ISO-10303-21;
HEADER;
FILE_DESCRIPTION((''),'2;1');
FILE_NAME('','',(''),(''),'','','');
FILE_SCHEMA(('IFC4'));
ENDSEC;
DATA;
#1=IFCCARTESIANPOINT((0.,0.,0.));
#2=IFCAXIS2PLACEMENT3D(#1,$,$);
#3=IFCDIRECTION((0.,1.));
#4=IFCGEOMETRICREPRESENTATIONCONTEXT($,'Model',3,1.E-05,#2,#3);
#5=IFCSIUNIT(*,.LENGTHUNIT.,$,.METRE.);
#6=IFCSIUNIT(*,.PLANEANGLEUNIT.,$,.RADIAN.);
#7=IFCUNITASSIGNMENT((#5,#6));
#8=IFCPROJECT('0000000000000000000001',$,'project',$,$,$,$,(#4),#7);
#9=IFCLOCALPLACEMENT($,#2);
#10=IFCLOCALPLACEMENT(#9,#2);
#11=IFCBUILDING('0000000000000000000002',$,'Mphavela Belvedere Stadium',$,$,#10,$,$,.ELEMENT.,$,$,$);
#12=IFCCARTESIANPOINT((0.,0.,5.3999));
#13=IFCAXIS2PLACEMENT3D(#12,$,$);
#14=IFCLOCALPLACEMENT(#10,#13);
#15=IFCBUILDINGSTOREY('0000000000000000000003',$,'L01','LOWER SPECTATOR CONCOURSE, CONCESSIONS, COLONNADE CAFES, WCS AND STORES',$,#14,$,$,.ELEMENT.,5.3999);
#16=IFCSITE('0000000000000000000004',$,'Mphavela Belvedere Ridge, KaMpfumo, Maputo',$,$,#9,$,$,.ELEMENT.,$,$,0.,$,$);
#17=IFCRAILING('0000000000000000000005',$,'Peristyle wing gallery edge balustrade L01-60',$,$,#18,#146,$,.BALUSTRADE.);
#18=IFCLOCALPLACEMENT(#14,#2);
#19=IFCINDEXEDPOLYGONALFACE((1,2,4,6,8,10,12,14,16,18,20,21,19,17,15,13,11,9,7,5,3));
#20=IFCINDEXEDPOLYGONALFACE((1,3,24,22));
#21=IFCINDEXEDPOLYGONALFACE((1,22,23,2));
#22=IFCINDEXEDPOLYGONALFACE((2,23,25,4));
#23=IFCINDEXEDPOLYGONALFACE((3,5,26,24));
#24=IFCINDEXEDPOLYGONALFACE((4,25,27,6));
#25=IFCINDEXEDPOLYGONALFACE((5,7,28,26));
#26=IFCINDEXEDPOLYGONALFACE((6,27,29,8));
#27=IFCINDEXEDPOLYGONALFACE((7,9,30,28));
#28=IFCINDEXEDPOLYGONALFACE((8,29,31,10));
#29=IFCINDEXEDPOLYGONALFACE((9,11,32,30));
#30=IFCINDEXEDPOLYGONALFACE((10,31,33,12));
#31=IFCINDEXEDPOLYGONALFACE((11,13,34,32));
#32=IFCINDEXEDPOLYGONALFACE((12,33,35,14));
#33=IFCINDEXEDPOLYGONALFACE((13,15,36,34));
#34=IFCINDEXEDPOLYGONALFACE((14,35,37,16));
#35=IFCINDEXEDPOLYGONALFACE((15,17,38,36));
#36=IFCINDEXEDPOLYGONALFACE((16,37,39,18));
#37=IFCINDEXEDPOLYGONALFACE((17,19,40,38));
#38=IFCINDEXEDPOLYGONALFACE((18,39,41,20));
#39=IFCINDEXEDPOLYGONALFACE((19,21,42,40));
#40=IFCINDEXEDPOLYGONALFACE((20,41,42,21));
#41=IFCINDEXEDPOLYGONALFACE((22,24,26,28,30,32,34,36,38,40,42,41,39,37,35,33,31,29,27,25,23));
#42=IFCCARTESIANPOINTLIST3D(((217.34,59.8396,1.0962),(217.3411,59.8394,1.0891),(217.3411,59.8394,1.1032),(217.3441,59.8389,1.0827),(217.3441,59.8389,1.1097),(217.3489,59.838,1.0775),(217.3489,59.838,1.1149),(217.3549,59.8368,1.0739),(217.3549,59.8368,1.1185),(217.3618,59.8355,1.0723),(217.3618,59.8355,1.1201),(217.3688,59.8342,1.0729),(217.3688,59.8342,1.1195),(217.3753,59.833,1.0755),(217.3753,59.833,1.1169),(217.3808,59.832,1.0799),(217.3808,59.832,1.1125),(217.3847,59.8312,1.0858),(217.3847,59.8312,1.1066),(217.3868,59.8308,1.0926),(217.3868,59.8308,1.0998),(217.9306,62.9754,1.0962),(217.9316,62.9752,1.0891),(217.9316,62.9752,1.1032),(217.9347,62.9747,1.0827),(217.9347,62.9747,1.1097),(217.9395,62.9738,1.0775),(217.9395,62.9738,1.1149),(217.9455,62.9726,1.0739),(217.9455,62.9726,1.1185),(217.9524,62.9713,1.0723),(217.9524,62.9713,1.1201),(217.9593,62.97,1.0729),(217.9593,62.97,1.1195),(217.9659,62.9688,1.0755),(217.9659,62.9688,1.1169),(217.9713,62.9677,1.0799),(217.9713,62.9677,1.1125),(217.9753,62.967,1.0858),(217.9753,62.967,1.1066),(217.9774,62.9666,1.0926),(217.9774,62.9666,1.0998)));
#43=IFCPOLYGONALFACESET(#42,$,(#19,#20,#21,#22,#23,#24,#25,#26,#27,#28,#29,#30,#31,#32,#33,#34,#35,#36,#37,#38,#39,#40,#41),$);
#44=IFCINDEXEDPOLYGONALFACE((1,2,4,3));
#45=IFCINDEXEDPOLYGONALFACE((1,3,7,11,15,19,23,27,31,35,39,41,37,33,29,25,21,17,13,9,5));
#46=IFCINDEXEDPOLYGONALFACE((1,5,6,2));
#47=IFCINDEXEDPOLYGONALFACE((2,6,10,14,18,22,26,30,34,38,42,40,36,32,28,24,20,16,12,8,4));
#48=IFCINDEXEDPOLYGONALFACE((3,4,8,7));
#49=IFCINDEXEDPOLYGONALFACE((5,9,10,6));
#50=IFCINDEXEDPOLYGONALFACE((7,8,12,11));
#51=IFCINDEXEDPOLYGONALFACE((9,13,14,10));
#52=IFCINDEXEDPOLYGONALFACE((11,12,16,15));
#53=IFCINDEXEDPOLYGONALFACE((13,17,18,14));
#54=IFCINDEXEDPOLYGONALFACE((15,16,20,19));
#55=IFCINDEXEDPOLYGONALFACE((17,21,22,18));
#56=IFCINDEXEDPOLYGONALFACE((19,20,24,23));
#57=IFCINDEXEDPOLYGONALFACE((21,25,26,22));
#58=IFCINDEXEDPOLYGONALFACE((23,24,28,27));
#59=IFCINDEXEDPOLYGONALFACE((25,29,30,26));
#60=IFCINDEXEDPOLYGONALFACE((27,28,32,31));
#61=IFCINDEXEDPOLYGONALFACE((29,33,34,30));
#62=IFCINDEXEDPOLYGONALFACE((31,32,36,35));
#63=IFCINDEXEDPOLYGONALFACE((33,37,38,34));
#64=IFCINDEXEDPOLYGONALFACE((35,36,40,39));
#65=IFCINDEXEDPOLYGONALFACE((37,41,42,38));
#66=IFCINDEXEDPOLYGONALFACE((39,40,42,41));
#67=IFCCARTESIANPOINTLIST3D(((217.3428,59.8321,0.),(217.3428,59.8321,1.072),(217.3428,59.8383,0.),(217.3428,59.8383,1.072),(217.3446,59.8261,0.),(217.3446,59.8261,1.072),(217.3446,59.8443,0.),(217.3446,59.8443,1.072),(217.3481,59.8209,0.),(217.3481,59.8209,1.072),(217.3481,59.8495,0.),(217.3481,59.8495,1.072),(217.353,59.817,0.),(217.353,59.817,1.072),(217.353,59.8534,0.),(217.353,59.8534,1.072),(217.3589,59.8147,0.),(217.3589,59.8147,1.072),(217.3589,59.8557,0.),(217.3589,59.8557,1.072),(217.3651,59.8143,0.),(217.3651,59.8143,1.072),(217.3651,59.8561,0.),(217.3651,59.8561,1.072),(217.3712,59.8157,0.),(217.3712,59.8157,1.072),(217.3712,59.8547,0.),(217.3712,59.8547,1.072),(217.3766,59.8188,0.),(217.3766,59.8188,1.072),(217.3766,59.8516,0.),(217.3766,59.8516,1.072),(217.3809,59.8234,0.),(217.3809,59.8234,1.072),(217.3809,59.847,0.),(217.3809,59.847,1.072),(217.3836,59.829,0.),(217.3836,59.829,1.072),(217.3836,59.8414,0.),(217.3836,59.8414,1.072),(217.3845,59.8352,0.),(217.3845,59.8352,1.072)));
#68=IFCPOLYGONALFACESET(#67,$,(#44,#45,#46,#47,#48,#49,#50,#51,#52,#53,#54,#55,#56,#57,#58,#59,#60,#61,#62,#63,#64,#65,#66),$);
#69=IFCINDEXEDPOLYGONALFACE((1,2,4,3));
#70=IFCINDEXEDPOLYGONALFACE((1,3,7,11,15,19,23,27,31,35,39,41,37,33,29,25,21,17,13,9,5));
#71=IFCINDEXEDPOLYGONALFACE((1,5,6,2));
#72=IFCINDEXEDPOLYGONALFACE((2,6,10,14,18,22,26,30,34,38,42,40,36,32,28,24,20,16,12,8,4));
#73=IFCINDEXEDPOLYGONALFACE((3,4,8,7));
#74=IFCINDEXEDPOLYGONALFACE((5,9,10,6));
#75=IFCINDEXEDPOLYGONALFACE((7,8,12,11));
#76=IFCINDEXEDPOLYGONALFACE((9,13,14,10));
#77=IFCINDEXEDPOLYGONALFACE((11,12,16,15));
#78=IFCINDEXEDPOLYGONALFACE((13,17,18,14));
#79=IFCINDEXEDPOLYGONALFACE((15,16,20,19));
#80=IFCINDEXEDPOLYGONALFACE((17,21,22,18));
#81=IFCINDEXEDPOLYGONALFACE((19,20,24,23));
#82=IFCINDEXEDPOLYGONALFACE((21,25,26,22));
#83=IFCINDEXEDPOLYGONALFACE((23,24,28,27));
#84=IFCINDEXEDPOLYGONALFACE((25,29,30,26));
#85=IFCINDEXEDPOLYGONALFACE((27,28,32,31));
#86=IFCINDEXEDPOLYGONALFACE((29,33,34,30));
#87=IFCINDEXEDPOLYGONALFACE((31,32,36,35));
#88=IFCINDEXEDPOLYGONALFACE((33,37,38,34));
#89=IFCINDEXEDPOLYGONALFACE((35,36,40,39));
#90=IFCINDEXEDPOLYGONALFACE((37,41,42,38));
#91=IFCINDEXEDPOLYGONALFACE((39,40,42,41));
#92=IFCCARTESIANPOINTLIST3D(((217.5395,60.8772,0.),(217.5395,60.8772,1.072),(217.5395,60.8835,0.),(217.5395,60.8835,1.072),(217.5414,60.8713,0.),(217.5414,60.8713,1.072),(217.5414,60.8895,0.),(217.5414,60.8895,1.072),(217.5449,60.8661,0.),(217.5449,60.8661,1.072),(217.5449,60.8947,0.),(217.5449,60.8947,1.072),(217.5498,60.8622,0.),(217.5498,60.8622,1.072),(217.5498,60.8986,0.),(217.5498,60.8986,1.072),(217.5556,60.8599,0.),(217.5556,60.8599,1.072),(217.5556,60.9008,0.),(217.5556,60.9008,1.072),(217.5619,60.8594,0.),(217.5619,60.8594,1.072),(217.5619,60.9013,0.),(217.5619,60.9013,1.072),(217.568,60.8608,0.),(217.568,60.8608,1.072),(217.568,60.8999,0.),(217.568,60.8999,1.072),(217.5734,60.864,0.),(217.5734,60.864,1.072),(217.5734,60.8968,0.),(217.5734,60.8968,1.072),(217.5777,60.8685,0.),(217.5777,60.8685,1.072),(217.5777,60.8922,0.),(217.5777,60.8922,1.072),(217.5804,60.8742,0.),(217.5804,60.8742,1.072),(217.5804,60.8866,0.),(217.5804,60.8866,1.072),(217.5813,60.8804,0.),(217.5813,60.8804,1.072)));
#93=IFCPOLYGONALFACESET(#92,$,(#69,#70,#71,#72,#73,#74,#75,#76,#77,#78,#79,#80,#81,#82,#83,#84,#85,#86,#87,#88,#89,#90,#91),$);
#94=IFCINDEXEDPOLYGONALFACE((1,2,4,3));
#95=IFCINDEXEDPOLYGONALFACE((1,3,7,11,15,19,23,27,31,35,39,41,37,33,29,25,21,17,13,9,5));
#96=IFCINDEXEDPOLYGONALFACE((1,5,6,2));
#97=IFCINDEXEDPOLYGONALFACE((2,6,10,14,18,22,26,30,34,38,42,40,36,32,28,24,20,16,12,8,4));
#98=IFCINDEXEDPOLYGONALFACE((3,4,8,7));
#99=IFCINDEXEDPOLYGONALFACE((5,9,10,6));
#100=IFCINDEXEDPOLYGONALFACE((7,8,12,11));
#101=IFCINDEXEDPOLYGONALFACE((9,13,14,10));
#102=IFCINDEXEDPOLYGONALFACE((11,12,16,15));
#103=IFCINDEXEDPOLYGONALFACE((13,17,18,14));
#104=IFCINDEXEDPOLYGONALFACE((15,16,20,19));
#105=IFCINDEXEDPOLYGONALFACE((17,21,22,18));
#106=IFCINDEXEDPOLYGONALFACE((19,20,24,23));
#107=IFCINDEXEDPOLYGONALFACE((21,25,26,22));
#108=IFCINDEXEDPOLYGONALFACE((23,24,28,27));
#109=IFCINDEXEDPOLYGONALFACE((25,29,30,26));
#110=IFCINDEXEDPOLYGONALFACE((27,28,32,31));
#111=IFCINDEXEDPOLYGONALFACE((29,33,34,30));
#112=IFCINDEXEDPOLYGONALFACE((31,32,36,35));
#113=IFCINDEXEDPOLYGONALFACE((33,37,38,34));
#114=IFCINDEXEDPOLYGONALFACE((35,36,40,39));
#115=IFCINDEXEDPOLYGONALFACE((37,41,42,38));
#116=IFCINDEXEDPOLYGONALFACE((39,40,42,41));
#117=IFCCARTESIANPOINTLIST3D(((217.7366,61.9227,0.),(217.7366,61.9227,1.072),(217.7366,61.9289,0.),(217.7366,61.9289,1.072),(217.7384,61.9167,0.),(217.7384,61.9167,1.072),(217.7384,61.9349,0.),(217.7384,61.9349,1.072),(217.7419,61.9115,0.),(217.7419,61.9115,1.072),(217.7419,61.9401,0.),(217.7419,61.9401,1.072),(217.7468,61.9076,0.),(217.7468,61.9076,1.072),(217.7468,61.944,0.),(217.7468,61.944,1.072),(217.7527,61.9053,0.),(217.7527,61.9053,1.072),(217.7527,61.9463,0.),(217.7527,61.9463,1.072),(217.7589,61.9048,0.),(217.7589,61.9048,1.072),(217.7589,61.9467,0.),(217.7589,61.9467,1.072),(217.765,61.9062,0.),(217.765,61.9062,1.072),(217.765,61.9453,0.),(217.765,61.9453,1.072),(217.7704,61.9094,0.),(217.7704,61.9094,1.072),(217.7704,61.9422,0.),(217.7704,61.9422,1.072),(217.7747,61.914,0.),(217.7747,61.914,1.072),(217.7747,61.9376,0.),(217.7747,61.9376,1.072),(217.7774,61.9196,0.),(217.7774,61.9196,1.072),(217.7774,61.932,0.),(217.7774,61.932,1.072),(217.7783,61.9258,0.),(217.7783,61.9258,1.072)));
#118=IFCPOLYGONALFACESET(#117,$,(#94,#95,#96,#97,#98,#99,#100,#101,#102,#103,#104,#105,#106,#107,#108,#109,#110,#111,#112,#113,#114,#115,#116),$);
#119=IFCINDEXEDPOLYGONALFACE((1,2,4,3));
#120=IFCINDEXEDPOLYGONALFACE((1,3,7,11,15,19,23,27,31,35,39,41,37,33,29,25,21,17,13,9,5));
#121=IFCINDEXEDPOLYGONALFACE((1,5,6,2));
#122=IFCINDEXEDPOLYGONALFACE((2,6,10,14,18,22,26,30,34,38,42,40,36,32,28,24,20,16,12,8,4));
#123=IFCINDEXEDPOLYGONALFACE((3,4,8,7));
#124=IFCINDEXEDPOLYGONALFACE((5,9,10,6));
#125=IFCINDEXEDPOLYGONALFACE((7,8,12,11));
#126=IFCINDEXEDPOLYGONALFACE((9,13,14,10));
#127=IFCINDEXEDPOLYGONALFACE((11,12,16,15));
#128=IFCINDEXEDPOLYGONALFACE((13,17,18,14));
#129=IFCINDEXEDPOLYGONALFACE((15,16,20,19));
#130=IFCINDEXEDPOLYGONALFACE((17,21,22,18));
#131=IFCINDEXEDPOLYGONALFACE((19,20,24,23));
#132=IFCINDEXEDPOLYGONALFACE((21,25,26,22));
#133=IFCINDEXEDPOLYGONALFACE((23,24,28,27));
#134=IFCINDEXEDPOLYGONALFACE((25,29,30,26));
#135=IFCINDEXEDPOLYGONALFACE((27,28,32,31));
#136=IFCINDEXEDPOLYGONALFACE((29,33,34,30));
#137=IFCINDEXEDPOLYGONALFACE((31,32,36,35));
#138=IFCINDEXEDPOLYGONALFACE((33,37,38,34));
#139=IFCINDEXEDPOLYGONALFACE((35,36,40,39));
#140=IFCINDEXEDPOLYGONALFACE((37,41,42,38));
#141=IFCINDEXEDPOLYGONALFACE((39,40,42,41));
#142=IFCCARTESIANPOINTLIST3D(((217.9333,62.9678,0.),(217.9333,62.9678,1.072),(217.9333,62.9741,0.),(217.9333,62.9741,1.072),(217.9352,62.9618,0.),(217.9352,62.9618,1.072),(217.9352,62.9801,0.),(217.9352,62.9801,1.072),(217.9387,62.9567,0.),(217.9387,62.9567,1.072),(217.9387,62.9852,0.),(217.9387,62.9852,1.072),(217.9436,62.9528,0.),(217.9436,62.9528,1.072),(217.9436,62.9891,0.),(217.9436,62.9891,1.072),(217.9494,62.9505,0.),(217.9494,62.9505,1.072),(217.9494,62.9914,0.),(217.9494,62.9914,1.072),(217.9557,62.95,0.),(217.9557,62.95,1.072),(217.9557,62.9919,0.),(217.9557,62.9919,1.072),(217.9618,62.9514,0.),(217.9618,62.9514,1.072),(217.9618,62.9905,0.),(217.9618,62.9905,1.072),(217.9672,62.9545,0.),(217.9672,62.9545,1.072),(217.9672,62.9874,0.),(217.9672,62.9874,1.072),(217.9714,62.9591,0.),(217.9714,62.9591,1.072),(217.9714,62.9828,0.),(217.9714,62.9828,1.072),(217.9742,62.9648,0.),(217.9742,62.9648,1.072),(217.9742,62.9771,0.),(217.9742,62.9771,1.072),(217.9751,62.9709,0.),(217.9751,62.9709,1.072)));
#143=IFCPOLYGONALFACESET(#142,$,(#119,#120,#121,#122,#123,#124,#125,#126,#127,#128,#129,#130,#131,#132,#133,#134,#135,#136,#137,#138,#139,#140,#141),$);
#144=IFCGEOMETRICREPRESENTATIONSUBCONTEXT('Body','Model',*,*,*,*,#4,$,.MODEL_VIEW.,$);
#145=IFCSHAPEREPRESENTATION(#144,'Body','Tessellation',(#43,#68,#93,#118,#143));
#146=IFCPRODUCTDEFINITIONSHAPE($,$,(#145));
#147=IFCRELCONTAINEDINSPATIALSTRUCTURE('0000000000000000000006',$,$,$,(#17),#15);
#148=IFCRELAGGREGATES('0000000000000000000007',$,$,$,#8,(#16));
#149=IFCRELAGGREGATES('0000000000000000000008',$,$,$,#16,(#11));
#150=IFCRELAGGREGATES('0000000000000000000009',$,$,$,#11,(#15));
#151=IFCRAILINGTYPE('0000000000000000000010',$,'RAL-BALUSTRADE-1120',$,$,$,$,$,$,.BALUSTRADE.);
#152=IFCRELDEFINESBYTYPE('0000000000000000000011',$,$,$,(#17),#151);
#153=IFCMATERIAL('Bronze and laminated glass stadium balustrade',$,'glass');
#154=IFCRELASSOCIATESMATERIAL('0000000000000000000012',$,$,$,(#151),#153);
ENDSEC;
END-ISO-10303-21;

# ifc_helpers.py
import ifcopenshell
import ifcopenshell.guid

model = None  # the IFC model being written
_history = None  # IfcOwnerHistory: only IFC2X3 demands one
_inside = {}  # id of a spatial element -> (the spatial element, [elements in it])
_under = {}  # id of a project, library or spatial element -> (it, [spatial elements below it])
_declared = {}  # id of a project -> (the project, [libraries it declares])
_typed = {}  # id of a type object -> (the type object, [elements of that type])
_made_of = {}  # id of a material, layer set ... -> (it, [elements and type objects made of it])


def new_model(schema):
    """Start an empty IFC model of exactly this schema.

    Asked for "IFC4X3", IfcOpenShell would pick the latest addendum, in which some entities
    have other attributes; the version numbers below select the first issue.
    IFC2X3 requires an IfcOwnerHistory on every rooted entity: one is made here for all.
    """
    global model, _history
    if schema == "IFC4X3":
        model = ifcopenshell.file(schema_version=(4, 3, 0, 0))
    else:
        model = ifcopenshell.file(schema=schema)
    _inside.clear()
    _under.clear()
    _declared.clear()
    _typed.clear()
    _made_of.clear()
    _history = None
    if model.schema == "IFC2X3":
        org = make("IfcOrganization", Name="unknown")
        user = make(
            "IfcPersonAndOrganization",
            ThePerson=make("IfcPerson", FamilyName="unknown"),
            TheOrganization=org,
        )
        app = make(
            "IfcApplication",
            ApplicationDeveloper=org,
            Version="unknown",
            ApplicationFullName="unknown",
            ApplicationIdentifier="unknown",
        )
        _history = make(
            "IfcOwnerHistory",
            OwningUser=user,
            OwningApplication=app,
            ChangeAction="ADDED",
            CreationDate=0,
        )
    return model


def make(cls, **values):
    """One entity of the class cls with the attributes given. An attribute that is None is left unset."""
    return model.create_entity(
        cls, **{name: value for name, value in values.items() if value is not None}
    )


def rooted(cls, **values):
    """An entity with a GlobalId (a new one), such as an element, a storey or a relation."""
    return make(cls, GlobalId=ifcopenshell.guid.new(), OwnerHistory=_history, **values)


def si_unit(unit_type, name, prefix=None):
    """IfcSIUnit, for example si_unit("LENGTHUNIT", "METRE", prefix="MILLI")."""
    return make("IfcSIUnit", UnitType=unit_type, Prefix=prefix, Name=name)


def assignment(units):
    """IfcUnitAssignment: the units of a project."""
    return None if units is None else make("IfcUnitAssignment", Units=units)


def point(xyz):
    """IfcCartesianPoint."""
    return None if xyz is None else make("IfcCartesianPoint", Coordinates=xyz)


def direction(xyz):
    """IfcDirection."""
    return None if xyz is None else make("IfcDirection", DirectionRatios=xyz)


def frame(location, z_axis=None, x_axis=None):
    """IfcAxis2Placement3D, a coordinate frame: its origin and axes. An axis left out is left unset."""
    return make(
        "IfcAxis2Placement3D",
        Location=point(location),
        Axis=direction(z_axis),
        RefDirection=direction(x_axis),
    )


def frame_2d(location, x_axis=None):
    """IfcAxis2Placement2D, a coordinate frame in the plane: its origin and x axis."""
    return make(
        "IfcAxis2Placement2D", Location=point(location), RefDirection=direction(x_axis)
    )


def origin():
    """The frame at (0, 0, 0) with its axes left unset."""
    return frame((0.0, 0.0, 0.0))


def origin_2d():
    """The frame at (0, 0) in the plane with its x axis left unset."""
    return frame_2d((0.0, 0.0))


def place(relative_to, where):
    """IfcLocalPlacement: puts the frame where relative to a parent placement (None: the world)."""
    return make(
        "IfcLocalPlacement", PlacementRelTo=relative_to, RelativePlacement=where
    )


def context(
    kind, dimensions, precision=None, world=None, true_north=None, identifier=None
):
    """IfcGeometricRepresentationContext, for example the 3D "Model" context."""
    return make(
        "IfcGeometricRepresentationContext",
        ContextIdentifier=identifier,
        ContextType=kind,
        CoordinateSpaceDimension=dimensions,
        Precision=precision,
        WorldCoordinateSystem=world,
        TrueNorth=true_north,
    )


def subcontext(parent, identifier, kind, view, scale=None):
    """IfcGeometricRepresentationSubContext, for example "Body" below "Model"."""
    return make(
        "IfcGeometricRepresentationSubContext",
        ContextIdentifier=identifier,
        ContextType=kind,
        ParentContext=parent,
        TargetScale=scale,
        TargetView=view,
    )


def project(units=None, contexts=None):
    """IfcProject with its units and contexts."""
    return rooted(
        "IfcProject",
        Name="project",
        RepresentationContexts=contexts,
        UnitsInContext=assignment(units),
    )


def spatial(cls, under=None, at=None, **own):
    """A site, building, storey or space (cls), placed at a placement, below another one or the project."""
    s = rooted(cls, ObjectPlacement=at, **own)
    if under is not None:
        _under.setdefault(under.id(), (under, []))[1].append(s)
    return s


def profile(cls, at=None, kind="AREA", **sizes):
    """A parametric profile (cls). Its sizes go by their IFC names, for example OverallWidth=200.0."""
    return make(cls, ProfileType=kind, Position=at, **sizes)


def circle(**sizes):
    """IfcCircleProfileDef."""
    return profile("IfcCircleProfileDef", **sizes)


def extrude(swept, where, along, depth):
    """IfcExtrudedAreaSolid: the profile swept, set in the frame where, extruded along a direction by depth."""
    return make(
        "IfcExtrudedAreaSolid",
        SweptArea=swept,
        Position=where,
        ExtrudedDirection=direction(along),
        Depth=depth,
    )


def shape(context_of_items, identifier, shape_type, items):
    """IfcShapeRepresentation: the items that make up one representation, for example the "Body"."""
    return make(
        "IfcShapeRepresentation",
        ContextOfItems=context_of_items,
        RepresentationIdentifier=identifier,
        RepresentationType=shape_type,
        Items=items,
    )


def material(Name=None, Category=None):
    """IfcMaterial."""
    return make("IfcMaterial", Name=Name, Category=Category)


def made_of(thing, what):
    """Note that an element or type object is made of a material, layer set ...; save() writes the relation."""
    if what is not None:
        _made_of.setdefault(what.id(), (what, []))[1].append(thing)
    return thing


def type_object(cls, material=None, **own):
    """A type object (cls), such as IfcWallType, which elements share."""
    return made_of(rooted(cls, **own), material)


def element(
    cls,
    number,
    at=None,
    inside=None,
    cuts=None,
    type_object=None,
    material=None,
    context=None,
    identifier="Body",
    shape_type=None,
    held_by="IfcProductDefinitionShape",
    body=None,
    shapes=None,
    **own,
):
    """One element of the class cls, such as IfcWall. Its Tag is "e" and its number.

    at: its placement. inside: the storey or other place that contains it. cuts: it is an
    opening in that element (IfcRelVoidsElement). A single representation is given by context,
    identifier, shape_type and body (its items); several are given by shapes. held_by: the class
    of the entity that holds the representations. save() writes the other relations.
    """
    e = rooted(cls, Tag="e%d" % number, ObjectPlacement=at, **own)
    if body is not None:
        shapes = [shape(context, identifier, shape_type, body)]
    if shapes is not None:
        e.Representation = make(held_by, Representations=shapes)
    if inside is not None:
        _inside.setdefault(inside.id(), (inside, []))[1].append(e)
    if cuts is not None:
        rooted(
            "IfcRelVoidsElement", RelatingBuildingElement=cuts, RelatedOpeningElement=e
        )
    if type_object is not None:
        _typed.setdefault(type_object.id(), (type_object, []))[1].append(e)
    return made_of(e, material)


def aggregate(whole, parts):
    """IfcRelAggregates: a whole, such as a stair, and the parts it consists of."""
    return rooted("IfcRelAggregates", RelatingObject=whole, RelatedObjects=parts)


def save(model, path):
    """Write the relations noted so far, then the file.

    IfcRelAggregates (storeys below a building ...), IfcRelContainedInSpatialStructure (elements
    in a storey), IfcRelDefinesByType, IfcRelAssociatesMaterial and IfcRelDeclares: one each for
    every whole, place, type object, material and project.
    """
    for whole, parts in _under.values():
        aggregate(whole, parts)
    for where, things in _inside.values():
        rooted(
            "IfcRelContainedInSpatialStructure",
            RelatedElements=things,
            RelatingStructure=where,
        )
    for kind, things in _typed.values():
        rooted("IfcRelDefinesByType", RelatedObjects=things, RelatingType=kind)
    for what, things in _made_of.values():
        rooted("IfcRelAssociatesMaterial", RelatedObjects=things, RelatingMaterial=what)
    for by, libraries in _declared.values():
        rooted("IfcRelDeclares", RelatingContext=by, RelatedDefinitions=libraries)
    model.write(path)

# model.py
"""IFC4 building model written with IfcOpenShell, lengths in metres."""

from ifc_helpers import new_model, si_unit, direction, frame, origin, origin_2d, place, context, subcontext, project, spatial, circle, extrude, material, type_object, element, save


model = new_model("IFC4")

# Units and contexts
model_context = context("Model", 3, precision=1e-05, world=origin(), true_north=direction((0.0, 1.0)))
body_context = subcontext(model_context, "Body", "Model", "MODEL_VIEW")
ifc_project = project(units=[si_unit("LENGTHUNIT", "METRE"), si_unit("PLANEANGLEUNIT", "RADIAN")], contexts=[model_context])

# Site, building, storey
site_placement = place(None, origin())
site = spatial("IfcSite", under=ifc_project, at=site_placement, Name="Mphavela Belvedere Ridge, KaMpfumo, Maputo", CompositionType="ELEMENT", RefElevation=0.0)
building_placement = place(site_placement, origin())
building = spatial("IfcBuilding", under=site, at=building_placement, Name="Mphavela Belvedere Stadium", CompositionType="ELEMENT")
storey_placement = place(building_placement, frame((0.0, 0.0, 5.3999)))
storey = spatial("IfcBuildingStorey", under=building, at=storey_placement, Name="L01", Description="LOWER SPECTATOR CONCOURSE, CONCESSIONS, COLONNADE CAFES, WCS AND STORES", CompositionType="ELEMENT", Elevation=5.3999)

# Railing
ifc_material_1 = material(Name="Bronze and laminated glass stadium balustrade", Category="glass")
railing_type = type_object("IfcRailingType", Name="RAL-BALUSTRADE-1120", PredefinedType="BALUSTRADE", material=ifc_material_1)
railing_1_placement = place(storey_placement, frame((217.3635, 59.8352, 0.0)))
element("IfcRailing", 1, at=railing_1_placement, inside=storey, type_object=railing_type, Name="Peristyle wing gallery edge balustrade L01-60", PredefinedType="BALUSTRADE", context=body_context, shape_type="SweptSolid", body=[
    extrude(circle(Radius=0.0239, at=origin_2d()), frame((0.0, 0.0, 1.0962), z_axis=(0.185083, 0.982723, 0.0), x_axis=(-0.982723, 0.185083, 0.0)), (0.0, 0.0, 1.0), 3.1909),
    extrude(circle(Radius=0.021, at=origin_2d()), origin(), (0.0, 0.0, 1.0), 1.072),
    extrude(circle(Radius=0.021, at=origin_2d()), frame((0.1968, 1.0452, 0.0)), (0.0, 0.0, 1.0), 1.072),
    extrude(circle(Radius=0.021, at=origin_2d()), frame((0.3938, 2.0906, 0.0)), (0.0, 0.0, 1.0), 1.072),
    extrude(circle(Radius=0.021, at=origin_2d()), frame((0.5906, 3.1357, 0.0)), (0.0, 0.0, 1.0), 1.072),
])

save(model, "model.ifc")
